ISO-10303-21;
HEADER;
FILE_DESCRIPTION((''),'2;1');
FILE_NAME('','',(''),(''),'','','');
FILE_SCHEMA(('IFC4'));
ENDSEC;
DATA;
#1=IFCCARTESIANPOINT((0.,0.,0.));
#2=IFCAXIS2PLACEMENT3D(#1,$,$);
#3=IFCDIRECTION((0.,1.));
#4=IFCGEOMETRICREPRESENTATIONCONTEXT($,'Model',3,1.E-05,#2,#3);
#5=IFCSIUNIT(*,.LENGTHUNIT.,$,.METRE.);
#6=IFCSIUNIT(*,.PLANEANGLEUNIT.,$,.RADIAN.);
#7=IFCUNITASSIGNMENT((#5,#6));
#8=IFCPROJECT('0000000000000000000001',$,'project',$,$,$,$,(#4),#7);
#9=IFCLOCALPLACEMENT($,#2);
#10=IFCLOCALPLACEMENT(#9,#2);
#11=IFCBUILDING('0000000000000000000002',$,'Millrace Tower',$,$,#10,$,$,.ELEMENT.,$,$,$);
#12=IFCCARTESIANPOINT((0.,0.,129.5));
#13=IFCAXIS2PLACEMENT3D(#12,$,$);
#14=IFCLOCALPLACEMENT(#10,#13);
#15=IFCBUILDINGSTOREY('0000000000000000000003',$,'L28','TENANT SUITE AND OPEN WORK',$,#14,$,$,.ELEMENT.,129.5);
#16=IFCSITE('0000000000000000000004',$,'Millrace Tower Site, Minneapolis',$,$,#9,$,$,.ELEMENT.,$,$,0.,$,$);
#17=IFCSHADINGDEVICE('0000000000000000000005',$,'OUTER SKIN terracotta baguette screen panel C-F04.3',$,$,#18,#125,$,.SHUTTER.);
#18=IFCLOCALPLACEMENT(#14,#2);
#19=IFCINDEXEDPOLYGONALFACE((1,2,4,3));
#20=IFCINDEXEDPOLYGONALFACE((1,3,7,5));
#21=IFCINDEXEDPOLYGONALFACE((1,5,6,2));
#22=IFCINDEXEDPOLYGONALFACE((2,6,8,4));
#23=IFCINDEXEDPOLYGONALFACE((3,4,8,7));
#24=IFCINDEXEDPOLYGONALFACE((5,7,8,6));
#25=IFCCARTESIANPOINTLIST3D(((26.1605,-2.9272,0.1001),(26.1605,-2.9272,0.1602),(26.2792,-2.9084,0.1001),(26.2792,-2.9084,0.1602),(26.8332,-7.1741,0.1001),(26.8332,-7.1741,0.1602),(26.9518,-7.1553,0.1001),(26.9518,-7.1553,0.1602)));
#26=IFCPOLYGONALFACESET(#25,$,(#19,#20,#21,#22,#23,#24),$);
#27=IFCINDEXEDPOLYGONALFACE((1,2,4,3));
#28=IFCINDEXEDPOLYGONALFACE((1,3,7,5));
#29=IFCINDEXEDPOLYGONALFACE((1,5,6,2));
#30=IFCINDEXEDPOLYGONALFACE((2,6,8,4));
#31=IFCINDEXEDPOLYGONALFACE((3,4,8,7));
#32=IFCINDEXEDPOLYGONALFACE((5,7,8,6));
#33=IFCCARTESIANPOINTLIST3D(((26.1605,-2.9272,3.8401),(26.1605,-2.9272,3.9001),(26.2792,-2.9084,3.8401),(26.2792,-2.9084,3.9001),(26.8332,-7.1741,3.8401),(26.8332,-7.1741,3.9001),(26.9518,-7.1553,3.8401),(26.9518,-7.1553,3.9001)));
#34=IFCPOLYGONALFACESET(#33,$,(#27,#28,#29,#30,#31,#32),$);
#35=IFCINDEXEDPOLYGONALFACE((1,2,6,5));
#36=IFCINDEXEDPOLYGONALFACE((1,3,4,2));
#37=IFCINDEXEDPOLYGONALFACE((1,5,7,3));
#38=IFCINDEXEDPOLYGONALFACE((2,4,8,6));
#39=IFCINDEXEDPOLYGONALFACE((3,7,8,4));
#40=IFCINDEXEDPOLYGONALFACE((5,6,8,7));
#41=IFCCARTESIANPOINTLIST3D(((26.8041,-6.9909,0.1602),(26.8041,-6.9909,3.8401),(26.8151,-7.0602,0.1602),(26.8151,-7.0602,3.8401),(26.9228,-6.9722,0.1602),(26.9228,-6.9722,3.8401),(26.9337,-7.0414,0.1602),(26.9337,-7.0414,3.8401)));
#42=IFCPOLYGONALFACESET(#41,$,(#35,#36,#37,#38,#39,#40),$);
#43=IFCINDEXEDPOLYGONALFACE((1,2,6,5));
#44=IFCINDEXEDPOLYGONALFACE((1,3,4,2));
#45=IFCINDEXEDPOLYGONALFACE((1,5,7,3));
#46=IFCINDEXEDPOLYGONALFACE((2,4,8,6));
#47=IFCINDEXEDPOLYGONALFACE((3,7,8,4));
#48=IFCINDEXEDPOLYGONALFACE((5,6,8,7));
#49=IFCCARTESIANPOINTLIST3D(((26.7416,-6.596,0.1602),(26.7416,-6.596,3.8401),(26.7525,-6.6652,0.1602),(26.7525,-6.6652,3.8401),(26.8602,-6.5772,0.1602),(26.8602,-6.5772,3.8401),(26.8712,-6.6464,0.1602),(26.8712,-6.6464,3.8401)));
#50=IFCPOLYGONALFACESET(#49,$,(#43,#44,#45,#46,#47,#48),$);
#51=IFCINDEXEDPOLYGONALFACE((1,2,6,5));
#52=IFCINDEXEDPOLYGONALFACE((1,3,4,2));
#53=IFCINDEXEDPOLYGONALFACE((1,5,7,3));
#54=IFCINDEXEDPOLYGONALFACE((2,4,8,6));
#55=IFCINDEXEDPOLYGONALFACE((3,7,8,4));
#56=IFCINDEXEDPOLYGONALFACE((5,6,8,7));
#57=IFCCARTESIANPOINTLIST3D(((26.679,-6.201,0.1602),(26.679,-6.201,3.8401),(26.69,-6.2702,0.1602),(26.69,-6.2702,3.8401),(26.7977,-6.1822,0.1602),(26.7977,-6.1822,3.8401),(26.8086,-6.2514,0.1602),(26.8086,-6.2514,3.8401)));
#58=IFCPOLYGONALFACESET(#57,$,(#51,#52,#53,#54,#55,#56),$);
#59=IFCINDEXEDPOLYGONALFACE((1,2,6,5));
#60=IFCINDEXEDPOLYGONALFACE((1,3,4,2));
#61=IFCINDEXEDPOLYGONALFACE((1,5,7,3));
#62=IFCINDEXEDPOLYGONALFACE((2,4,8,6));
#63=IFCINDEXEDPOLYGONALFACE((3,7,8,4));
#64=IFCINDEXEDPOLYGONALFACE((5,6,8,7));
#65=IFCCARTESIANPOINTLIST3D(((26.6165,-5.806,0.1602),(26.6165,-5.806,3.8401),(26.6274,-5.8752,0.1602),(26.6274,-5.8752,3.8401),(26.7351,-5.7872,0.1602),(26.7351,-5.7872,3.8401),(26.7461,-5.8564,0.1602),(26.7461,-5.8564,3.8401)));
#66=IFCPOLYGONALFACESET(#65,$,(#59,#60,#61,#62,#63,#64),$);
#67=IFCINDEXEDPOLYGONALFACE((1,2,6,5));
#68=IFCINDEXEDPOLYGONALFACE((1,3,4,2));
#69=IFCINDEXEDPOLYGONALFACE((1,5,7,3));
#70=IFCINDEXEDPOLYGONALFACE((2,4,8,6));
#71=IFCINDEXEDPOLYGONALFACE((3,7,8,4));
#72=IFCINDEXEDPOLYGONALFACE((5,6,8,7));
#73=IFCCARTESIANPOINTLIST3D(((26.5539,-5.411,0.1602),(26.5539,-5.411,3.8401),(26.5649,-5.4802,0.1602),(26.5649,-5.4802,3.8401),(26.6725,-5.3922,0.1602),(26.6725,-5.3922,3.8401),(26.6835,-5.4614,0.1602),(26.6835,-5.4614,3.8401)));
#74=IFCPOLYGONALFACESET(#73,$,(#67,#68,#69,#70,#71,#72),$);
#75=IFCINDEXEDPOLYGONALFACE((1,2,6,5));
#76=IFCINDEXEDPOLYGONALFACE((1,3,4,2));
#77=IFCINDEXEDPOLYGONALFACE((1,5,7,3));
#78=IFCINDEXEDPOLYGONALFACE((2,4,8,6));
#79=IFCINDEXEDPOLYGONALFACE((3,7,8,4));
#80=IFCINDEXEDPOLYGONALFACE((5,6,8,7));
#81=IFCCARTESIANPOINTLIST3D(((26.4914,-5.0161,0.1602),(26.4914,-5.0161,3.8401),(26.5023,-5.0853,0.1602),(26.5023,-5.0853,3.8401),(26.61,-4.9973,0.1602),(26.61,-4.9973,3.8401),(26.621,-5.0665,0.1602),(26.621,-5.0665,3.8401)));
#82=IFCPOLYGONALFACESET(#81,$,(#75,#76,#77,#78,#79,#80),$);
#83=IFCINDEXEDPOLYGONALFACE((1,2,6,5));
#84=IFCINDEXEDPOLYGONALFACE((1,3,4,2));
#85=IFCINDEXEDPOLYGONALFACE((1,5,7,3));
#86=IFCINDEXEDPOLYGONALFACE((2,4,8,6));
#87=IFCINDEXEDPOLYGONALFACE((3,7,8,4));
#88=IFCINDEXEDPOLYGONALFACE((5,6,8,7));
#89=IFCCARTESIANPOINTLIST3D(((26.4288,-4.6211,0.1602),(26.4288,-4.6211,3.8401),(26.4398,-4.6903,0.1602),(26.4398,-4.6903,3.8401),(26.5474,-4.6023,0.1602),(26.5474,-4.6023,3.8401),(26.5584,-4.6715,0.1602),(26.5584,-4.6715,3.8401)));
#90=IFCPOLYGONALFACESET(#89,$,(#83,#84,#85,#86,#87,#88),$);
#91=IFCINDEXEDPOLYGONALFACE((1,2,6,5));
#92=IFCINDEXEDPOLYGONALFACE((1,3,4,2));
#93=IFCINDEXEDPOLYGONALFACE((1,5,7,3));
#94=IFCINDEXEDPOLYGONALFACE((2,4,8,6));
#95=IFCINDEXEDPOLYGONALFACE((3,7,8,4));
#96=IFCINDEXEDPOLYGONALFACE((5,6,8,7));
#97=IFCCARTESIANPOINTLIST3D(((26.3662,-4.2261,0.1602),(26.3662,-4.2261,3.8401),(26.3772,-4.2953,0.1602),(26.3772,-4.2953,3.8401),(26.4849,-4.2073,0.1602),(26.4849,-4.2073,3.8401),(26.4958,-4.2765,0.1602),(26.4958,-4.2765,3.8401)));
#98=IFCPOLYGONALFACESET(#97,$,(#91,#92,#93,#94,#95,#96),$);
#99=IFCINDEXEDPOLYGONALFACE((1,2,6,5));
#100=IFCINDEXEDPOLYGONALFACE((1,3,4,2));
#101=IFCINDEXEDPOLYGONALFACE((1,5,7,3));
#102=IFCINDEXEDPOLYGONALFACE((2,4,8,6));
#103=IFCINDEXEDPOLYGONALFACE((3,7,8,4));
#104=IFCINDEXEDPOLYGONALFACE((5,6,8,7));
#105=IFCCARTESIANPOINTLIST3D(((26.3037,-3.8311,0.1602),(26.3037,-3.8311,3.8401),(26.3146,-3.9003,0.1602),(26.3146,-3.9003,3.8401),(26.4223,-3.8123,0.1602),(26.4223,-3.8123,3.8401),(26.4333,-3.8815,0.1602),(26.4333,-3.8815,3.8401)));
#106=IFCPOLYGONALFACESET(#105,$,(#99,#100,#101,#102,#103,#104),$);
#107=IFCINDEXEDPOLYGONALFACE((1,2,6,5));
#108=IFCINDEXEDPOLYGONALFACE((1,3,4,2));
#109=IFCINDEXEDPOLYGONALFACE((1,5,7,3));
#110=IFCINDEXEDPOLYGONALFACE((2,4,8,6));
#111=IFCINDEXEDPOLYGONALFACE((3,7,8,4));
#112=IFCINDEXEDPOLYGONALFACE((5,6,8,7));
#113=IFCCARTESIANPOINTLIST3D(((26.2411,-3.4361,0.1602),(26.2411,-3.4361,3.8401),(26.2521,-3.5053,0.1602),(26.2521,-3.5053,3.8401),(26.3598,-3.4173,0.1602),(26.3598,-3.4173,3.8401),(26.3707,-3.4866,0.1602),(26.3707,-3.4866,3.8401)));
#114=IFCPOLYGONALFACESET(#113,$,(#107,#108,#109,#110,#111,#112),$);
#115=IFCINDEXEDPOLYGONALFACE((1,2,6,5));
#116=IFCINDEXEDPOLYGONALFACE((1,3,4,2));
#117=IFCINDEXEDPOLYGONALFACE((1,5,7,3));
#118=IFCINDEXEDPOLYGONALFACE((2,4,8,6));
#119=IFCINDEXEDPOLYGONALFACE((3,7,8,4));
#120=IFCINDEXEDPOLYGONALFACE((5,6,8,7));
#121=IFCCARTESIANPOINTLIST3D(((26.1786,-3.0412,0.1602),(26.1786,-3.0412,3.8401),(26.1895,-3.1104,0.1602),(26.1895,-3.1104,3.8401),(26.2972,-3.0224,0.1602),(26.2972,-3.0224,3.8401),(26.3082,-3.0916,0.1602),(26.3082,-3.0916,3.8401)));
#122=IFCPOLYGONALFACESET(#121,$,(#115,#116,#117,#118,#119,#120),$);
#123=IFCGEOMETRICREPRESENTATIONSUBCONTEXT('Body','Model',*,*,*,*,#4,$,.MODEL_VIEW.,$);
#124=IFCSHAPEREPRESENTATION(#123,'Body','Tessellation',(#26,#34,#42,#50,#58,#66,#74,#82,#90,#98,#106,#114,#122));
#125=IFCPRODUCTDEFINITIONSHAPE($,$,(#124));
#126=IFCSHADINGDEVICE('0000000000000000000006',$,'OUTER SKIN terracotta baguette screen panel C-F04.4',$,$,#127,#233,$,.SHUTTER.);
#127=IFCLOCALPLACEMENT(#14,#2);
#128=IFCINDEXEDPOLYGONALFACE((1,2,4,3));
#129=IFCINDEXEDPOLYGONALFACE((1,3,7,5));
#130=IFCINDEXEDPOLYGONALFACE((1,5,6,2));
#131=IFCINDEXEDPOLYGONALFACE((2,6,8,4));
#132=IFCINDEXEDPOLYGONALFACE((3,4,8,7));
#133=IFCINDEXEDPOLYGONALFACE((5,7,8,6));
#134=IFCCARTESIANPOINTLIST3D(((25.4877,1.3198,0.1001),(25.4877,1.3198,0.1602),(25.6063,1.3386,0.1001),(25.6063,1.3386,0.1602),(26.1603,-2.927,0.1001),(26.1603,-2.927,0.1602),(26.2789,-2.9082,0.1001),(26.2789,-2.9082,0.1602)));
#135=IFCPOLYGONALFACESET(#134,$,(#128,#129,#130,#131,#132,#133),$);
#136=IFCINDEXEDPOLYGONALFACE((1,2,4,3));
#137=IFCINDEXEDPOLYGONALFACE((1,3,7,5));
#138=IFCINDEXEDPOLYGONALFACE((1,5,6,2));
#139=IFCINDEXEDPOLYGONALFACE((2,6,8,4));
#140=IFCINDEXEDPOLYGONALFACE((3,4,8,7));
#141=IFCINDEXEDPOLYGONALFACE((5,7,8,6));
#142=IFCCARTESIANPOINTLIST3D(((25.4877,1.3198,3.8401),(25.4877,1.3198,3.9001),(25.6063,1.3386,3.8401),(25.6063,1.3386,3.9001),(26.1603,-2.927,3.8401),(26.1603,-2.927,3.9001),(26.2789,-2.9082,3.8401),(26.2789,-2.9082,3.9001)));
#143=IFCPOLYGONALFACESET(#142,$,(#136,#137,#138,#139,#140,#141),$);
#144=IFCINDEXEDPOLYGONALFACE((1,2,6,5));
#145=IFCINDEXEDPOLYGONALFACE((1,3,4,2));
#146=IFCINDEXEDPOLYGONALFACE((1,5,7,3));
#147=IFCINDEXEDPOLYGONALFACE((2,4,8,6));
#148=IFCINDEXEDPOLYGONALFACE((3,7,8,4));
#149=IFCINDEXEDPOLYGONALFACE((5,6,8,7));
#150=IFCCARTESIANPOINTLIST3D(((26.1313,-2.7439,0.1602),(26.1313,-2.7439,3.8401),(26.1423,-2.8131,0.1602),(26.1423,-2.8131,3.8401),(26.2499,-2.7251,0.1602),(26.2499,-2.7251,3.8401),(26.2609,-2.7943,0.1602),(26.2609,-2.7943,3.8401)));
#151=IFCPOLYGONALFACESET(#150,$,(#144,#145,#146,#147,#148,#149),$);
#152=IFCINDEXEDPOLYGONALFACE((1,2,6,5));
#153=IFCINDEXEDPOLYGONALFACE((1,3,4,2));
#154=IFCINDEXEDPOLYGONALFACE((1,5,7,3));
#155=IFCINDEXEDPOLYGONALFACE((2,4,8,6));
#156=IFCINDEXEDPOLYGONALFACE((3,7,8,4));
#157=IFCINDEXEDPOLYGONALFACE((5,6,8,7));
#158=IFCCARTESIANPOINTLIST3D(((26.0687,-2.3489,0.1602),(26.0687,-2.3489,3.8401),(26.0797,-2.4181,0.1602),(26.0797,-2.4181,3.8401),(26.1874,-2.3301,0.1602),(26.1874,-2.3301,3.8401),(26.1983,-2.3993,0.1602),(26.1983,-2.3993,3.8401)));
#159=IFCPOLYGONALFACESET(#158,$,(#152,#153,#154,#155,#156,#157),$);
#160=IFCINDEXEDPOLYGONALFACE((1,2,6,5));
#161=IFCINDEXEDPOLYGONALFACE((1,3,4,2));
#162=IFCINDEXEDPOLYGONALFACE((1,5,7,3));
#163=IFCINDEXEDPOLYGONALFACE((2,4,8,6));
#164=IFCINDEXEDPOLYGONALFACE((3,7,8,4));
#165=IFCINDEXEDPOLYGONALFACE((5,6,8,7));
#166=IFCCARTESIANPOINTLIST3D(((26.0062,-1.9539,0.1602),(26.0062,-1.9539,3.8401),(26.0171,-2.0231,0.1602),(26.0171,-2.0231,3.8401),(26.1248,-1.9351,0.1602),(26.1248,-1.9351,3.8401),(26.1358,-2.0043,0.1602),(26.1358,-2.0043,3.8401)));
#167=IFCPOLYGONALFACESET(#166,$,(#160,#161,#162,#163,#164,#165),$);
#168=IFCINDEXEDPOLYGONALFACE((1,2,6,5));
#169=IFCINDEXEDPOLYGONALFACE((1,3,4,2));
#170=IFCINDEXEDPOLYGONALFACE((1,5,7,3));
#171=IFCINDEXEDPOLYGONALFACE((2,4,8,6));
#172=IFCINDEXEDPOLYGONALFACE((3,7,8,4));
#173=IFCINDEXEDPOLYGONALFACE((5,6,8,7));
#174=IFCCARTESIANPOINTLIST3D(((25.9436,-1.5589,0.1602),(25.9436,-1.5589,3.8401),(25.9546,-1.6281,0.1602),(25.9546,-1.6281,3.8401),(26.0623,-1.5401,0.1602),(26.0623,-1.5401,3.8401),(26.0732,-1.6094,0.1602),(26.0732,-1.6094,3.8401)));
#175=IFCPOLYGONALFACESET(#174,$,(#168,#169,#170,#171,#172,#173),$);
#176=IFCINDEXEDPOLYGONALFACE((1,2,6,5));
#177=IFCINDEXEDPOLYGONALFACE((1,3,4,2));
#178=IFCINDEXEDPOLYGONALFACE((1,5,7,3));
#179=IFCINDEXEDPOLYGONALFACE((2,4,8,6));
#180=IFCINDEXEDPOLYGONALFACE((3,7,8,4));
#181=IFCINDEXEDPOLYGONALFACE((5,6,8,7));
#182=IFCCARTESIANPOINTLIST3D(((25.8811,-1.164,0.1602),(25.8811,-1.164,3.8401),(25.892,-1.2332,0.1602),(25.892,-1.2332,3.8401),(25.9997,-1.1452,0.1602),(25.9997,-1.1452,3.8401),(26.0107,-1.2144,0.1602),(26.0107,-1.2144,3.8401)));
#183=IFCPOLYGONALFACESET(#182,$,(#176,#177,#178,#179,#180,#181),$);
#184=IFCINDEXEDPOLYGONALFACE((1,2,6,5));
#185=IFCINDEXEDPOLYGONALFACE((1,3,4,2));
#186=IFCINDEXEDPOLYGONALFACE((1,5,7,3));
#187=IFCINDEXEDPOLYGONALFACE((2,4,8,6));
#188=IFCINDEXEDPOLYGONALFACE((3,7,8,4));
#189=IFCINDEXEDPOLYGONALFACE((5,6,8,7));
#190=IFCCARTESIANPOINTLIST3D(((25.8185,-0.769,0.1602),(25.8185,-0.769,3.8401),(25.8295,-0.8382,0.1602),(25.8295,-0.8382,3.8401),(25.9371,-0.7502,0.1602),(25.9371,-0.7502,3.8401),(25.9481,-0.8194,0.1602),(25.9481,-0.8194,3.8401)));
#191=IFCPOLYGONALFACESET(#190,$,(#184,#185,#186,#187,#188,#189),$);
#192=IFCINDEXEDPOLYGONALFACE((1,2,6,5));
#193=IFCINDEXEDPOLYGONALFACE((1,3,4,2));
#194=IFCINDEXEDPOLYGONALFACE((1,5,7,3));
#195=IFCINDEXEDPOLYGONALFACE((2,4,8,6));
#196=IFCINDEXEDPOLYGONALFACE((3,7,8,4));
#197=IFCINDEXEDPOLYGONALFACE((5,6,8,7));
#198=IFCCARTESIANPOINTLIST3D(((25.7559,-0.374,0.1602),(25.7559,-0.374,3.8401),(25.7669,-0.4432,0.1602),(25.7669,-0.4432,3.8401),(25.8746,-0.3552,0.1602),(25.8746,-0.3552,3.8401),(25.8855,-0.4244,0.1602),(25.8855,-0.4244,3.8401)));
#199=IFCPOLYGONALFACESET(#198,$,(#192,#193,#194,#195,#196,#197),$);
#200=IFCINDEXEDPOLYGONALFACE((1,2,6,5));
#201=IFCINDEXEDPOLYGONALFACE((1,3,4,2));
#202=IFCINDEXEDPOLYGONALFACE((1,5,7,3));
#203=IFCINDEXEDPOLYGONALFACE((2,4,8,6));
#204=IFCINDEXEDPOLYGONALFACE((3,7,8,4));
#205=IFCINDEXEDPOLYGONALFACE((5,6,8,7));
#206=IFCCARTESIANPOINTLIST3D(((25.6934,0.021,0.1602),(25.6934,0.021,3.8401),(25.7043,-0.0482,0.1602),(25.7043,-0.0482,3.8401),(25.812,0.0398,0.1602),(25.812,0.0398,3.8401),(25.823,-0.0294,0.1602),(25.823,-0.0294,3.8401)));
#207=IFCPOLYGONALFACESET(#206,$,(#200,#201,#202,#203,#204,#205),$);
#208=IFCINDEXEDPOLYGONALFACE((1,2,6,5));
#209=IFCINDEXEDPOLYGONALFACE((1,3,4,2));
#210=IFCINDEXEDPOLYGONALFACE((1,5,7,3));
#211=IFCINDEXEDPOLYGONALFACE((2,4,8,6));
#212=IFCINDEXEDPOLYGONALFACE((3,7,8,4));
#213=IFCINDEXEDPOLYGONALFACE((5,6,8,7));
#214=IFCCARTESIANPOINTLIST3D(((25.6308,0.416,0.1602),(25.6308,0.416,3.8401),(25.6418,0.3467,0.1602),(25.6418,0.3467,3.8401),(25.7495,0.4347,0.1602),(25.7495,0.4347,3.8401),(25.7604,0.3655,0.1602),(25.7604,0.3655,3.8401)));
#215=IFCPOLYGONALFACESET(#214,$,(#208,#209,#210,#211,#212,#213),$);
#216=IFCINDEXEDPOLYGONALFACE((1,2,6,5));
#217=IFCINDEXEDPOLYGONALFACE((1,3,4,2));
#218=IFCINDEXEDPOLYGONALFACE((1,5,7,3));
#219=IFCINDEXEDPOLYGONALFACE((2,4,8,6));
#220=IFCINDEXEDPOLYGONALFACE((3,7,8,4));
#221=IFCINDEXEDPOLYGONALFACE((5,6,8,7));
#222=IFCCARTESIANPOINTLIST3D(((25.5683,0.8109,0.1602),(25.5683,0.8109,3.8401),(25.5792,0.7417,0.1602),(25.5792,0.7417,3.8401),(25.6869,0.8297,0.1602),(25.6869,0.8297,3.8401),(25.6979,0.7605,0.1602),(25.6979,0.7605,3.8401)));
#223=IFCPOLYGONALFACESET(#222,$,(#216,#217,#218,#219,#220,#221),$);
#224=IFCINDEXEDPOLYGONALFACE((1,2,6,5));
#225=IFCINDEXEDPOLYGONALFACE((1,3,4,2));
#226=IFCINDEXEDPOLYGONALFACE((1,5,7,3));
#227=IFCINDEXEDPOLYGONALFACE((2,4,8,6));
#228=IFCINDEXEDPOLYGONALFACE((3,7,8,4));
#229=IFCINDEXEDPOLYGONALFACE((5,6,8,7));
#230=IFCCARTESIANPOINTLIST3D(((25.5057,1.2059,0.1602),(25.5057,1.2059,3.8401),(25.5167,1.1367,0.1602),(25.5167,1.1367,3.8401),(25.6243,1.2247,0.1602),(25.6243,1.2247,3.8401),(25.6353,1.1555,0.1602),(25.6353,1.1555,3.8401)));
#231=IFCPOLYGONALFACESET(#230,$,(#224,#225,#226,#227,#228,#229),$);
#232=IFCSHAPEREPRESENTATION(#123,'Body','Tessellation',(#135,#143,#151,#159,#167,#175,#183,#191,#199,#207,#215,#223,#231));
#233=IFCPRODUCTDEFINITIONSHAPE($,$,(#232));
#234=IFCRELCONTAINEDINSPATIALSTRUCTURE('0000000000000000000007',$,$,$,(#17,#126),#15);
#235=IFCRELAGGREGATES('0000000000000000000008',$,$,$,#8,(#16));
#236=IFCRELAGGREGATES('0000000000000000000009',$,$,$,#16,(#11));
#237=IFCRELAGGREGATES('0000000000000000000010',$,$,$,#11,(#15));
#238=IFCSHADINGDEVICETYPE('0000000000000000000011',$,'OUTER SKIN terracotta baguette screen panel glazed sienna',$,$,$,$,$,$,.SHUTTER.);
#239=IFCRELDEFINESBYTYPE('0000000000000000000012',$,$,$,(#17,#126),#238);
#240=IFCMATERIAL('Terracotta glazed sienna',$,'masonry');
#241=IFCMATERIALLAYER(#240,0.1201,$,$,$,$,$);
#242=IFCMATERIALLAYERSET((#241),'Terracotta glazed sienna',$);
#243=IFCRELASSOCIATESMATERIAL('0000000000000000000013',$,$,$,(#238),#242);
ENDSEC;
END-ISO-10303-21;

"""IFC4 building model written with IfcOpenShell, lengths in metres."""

from ifc_helpers import new_model, entity, si_unit, direction, frame, frame_2d, origin, origin_2d, place, context, subcontext, project, spatial, rectangle, extrude, source, transform, mapped, material, layer, layer_set, type_object, element, save


model = new_model("IFC4")

# Units and contexts
model_context = context("Model", 3, precision=1e-05, world=origin(), true_north=direction((0.0, 1.0)))
body_context = subcontext(model_context, "Body", "Model", "MODEL_VIEW")
ifc_project = project(units=[si_unit("LENGTHUNIT", "METRE"), si_unit("PLANEANGLEUNIT", "RADIAN")], contexts=[model_context])

# Site, building, storey
site_placement = place(None, origin())
site = spatial("IfcSite", under=ifc_project, at=site_placement, Name="Millrace Tower Site, Minneapolis", CompositionType="ELEMENT", RefElevation=0.0)
building_placement = place(site_placement, origin())
building = spatial("IfcBuilding", under=site, at=building_placement, Name="Millrace Tower", CompositionType="ELEMENT")
storey_placement = place(building_placement, frame((0.0, 0.0, 129.5)))
storey = spatial("IfcBuildingStorey", under=building, at=storey_placement, Name="L28", Description="TENANT SUITE AND OPEN WORK", CompositionType="ELEMENT", Elevation=129.5)

# Shading devices
ifc_material_1 = material(Name="Terracotta glazed sienna", Category="masonry")
ifc_layer_1 = layer(ifc_material_1, 0.1201)
ifc_layer_set_1 = layer_set([ifc_layer_1], Name="Terracotta glazed sienna")
shading_device_type = type_object("IfcShadingDeviceType", Name="OUTER SKIN terracotta baguette screen panel glazed sienna", PredefinedType="SHUTTER", material=ifc_layer_set_1)
cartesian_point = entity("IfcCartesianPoint", [-2.1499, 0.0601])
shared_polyline = entity("IfcPolyline", [cartesian_point, entity("IfcCartesianPoint", [2.1499, 0.0601]), entity("IfcCartesianPoint", [2.1499, -0.0601]), entity("IfcCartesianPoint", [-2.1499, -0.0601]), cartesian_point])
shared_shape = source(origin(), body_context, "Body", "SweptSolid", [
    entity("IfcExtrudedAreaSolid", entity("IfcArbitraryClosedProfileDef", "AREA", None, shared_polyline), entity("IfcAxis2Placement3D", entity("IfcCartesianPoint", [0.0, 0.0, 0.0])), entity("IfcDirection", [0.0, 0.0, 1.0]), 0.0601),
    entity("IfcExtrudedAreaSolid", entity("IfcArbitraryClosedProfileDef", "AREA", None, shared_polyline), entity("IfcAxis2Placement3D", entity("IfcCartesianPoint", [0.0, 0.0, 3.74])), entity("IfcDirection", [0.0, 0.0, 1.0]), 0.0601),
    extrude(rectangle(XDim=0.0701, YDim=0.1201, at=frame_2d((-1.9995, 0.0))), frame((0.0, 0.0, 0.0601)), (0.0, 0.0, 1.0), 3.6799),
    extrude(rectangle(XDim=0.0701, YDim=0.1201, at=frame_2d((-1.5996, 0.0))), frame((0.0, 0.0, 0.0601)), (0.0, 0.0, 1.0), 3.6799),
    extrude(rectangle(XDim=0.0701, YDim=0.1201, at=frame_2d((-1.1997, 0.0))), frame((0.0, 0.0, 0.0601)), (0.0, 0.0, 1.0), 3.6799),
    extrude(rectangle(XDim=0.0701, YDim=0.1201, at=frame_2d((-0.7998, 0.0))), frame((0.0, 0.0, 0.0601)), (0.0, 0.0, 1.0), 3.6799),
    extrude(rectangle(XDim=0.0701, YDim=0.1201, at=frame_2d((-0.3999, 0.0))), frame((0.0, 0.0, 0.0601)), (0.0, 0.0, 1.0), 3.6799),
    extrude(rectangle(XDim=0.0701, YDim=0.1201, at=origin_2d()), frame((0.0, 0.0, 0.0601)), (0.0, 0.0, 1.0), 3.6799),
    extrude(rectangle(XDim=0.0701, YDim=0.1201, at=frame_2d((0.3999, 0.0))), frame((0.0, 0.0, 0.0601)), (0.0, 0.0, 1.0), 3.6799),
    extrude(rectangle(XDim=0.0701, YDim=0.1201, at=frame_2d((0.7998, 0.0))), frame((0.0, 0.0, 0.0601)), (0.0, 0.0, 1.0), 3.6799),
    extrude(rectangle(XDim=0.0701, YDim=0.1201, at=frame_2d((1.1997, 0.0))), frame((0.0, 0.0, 0.0601)), (0.0, 0.0, 1.0), 3.6799),
    extrude(rectangle(XDim=0.0701, YDim=0.1201, at=frame_2d((1.5996, 0.0))), frame((0.0, 0.0, 0.0601)), (0.0, 0.0, 1.0), 3.6799),
    extrude(rectangle(XDim=0.0701, YDim=0.1201, at=frame_2d((1.9995, 0.0))), frame((0.0, 0.0, 0.0601)), (0.0, 0.0, 1.0), 3.6799),
])
for number, where, z_axis, x_axis, name in (
    (1, (26.5562, -5.0413, 0.1001), (0.0, 0.0, 1.0), (-0.156434, 0.987688, 0.0), "OUTER SKIN terracotta baguette screen panel C-F04.3"),
    (2, (25.8833, -0.7942, 0.1001), (0.0, 0.0, 1.0), (-0.156434, 0.987688, 0.0), "OUTER SKIN terracotta baguette screen panel C-F04.4"),
):
    element("IfcShadingDevice", number, at=place(storey_placement, frame(where, z_axis=z_axis, x_axis=x_axis)), inside=storey, type_object=shading_device_type, Name=name, PredefinedType="SHUTTER", context=body_context, shape_type="MappedRepresentation", body=[
        mapped(shared_shape, transform((0.0, 0.0, 0.0), scale=1.0)),
    ])

save(model, "model.ifc")
